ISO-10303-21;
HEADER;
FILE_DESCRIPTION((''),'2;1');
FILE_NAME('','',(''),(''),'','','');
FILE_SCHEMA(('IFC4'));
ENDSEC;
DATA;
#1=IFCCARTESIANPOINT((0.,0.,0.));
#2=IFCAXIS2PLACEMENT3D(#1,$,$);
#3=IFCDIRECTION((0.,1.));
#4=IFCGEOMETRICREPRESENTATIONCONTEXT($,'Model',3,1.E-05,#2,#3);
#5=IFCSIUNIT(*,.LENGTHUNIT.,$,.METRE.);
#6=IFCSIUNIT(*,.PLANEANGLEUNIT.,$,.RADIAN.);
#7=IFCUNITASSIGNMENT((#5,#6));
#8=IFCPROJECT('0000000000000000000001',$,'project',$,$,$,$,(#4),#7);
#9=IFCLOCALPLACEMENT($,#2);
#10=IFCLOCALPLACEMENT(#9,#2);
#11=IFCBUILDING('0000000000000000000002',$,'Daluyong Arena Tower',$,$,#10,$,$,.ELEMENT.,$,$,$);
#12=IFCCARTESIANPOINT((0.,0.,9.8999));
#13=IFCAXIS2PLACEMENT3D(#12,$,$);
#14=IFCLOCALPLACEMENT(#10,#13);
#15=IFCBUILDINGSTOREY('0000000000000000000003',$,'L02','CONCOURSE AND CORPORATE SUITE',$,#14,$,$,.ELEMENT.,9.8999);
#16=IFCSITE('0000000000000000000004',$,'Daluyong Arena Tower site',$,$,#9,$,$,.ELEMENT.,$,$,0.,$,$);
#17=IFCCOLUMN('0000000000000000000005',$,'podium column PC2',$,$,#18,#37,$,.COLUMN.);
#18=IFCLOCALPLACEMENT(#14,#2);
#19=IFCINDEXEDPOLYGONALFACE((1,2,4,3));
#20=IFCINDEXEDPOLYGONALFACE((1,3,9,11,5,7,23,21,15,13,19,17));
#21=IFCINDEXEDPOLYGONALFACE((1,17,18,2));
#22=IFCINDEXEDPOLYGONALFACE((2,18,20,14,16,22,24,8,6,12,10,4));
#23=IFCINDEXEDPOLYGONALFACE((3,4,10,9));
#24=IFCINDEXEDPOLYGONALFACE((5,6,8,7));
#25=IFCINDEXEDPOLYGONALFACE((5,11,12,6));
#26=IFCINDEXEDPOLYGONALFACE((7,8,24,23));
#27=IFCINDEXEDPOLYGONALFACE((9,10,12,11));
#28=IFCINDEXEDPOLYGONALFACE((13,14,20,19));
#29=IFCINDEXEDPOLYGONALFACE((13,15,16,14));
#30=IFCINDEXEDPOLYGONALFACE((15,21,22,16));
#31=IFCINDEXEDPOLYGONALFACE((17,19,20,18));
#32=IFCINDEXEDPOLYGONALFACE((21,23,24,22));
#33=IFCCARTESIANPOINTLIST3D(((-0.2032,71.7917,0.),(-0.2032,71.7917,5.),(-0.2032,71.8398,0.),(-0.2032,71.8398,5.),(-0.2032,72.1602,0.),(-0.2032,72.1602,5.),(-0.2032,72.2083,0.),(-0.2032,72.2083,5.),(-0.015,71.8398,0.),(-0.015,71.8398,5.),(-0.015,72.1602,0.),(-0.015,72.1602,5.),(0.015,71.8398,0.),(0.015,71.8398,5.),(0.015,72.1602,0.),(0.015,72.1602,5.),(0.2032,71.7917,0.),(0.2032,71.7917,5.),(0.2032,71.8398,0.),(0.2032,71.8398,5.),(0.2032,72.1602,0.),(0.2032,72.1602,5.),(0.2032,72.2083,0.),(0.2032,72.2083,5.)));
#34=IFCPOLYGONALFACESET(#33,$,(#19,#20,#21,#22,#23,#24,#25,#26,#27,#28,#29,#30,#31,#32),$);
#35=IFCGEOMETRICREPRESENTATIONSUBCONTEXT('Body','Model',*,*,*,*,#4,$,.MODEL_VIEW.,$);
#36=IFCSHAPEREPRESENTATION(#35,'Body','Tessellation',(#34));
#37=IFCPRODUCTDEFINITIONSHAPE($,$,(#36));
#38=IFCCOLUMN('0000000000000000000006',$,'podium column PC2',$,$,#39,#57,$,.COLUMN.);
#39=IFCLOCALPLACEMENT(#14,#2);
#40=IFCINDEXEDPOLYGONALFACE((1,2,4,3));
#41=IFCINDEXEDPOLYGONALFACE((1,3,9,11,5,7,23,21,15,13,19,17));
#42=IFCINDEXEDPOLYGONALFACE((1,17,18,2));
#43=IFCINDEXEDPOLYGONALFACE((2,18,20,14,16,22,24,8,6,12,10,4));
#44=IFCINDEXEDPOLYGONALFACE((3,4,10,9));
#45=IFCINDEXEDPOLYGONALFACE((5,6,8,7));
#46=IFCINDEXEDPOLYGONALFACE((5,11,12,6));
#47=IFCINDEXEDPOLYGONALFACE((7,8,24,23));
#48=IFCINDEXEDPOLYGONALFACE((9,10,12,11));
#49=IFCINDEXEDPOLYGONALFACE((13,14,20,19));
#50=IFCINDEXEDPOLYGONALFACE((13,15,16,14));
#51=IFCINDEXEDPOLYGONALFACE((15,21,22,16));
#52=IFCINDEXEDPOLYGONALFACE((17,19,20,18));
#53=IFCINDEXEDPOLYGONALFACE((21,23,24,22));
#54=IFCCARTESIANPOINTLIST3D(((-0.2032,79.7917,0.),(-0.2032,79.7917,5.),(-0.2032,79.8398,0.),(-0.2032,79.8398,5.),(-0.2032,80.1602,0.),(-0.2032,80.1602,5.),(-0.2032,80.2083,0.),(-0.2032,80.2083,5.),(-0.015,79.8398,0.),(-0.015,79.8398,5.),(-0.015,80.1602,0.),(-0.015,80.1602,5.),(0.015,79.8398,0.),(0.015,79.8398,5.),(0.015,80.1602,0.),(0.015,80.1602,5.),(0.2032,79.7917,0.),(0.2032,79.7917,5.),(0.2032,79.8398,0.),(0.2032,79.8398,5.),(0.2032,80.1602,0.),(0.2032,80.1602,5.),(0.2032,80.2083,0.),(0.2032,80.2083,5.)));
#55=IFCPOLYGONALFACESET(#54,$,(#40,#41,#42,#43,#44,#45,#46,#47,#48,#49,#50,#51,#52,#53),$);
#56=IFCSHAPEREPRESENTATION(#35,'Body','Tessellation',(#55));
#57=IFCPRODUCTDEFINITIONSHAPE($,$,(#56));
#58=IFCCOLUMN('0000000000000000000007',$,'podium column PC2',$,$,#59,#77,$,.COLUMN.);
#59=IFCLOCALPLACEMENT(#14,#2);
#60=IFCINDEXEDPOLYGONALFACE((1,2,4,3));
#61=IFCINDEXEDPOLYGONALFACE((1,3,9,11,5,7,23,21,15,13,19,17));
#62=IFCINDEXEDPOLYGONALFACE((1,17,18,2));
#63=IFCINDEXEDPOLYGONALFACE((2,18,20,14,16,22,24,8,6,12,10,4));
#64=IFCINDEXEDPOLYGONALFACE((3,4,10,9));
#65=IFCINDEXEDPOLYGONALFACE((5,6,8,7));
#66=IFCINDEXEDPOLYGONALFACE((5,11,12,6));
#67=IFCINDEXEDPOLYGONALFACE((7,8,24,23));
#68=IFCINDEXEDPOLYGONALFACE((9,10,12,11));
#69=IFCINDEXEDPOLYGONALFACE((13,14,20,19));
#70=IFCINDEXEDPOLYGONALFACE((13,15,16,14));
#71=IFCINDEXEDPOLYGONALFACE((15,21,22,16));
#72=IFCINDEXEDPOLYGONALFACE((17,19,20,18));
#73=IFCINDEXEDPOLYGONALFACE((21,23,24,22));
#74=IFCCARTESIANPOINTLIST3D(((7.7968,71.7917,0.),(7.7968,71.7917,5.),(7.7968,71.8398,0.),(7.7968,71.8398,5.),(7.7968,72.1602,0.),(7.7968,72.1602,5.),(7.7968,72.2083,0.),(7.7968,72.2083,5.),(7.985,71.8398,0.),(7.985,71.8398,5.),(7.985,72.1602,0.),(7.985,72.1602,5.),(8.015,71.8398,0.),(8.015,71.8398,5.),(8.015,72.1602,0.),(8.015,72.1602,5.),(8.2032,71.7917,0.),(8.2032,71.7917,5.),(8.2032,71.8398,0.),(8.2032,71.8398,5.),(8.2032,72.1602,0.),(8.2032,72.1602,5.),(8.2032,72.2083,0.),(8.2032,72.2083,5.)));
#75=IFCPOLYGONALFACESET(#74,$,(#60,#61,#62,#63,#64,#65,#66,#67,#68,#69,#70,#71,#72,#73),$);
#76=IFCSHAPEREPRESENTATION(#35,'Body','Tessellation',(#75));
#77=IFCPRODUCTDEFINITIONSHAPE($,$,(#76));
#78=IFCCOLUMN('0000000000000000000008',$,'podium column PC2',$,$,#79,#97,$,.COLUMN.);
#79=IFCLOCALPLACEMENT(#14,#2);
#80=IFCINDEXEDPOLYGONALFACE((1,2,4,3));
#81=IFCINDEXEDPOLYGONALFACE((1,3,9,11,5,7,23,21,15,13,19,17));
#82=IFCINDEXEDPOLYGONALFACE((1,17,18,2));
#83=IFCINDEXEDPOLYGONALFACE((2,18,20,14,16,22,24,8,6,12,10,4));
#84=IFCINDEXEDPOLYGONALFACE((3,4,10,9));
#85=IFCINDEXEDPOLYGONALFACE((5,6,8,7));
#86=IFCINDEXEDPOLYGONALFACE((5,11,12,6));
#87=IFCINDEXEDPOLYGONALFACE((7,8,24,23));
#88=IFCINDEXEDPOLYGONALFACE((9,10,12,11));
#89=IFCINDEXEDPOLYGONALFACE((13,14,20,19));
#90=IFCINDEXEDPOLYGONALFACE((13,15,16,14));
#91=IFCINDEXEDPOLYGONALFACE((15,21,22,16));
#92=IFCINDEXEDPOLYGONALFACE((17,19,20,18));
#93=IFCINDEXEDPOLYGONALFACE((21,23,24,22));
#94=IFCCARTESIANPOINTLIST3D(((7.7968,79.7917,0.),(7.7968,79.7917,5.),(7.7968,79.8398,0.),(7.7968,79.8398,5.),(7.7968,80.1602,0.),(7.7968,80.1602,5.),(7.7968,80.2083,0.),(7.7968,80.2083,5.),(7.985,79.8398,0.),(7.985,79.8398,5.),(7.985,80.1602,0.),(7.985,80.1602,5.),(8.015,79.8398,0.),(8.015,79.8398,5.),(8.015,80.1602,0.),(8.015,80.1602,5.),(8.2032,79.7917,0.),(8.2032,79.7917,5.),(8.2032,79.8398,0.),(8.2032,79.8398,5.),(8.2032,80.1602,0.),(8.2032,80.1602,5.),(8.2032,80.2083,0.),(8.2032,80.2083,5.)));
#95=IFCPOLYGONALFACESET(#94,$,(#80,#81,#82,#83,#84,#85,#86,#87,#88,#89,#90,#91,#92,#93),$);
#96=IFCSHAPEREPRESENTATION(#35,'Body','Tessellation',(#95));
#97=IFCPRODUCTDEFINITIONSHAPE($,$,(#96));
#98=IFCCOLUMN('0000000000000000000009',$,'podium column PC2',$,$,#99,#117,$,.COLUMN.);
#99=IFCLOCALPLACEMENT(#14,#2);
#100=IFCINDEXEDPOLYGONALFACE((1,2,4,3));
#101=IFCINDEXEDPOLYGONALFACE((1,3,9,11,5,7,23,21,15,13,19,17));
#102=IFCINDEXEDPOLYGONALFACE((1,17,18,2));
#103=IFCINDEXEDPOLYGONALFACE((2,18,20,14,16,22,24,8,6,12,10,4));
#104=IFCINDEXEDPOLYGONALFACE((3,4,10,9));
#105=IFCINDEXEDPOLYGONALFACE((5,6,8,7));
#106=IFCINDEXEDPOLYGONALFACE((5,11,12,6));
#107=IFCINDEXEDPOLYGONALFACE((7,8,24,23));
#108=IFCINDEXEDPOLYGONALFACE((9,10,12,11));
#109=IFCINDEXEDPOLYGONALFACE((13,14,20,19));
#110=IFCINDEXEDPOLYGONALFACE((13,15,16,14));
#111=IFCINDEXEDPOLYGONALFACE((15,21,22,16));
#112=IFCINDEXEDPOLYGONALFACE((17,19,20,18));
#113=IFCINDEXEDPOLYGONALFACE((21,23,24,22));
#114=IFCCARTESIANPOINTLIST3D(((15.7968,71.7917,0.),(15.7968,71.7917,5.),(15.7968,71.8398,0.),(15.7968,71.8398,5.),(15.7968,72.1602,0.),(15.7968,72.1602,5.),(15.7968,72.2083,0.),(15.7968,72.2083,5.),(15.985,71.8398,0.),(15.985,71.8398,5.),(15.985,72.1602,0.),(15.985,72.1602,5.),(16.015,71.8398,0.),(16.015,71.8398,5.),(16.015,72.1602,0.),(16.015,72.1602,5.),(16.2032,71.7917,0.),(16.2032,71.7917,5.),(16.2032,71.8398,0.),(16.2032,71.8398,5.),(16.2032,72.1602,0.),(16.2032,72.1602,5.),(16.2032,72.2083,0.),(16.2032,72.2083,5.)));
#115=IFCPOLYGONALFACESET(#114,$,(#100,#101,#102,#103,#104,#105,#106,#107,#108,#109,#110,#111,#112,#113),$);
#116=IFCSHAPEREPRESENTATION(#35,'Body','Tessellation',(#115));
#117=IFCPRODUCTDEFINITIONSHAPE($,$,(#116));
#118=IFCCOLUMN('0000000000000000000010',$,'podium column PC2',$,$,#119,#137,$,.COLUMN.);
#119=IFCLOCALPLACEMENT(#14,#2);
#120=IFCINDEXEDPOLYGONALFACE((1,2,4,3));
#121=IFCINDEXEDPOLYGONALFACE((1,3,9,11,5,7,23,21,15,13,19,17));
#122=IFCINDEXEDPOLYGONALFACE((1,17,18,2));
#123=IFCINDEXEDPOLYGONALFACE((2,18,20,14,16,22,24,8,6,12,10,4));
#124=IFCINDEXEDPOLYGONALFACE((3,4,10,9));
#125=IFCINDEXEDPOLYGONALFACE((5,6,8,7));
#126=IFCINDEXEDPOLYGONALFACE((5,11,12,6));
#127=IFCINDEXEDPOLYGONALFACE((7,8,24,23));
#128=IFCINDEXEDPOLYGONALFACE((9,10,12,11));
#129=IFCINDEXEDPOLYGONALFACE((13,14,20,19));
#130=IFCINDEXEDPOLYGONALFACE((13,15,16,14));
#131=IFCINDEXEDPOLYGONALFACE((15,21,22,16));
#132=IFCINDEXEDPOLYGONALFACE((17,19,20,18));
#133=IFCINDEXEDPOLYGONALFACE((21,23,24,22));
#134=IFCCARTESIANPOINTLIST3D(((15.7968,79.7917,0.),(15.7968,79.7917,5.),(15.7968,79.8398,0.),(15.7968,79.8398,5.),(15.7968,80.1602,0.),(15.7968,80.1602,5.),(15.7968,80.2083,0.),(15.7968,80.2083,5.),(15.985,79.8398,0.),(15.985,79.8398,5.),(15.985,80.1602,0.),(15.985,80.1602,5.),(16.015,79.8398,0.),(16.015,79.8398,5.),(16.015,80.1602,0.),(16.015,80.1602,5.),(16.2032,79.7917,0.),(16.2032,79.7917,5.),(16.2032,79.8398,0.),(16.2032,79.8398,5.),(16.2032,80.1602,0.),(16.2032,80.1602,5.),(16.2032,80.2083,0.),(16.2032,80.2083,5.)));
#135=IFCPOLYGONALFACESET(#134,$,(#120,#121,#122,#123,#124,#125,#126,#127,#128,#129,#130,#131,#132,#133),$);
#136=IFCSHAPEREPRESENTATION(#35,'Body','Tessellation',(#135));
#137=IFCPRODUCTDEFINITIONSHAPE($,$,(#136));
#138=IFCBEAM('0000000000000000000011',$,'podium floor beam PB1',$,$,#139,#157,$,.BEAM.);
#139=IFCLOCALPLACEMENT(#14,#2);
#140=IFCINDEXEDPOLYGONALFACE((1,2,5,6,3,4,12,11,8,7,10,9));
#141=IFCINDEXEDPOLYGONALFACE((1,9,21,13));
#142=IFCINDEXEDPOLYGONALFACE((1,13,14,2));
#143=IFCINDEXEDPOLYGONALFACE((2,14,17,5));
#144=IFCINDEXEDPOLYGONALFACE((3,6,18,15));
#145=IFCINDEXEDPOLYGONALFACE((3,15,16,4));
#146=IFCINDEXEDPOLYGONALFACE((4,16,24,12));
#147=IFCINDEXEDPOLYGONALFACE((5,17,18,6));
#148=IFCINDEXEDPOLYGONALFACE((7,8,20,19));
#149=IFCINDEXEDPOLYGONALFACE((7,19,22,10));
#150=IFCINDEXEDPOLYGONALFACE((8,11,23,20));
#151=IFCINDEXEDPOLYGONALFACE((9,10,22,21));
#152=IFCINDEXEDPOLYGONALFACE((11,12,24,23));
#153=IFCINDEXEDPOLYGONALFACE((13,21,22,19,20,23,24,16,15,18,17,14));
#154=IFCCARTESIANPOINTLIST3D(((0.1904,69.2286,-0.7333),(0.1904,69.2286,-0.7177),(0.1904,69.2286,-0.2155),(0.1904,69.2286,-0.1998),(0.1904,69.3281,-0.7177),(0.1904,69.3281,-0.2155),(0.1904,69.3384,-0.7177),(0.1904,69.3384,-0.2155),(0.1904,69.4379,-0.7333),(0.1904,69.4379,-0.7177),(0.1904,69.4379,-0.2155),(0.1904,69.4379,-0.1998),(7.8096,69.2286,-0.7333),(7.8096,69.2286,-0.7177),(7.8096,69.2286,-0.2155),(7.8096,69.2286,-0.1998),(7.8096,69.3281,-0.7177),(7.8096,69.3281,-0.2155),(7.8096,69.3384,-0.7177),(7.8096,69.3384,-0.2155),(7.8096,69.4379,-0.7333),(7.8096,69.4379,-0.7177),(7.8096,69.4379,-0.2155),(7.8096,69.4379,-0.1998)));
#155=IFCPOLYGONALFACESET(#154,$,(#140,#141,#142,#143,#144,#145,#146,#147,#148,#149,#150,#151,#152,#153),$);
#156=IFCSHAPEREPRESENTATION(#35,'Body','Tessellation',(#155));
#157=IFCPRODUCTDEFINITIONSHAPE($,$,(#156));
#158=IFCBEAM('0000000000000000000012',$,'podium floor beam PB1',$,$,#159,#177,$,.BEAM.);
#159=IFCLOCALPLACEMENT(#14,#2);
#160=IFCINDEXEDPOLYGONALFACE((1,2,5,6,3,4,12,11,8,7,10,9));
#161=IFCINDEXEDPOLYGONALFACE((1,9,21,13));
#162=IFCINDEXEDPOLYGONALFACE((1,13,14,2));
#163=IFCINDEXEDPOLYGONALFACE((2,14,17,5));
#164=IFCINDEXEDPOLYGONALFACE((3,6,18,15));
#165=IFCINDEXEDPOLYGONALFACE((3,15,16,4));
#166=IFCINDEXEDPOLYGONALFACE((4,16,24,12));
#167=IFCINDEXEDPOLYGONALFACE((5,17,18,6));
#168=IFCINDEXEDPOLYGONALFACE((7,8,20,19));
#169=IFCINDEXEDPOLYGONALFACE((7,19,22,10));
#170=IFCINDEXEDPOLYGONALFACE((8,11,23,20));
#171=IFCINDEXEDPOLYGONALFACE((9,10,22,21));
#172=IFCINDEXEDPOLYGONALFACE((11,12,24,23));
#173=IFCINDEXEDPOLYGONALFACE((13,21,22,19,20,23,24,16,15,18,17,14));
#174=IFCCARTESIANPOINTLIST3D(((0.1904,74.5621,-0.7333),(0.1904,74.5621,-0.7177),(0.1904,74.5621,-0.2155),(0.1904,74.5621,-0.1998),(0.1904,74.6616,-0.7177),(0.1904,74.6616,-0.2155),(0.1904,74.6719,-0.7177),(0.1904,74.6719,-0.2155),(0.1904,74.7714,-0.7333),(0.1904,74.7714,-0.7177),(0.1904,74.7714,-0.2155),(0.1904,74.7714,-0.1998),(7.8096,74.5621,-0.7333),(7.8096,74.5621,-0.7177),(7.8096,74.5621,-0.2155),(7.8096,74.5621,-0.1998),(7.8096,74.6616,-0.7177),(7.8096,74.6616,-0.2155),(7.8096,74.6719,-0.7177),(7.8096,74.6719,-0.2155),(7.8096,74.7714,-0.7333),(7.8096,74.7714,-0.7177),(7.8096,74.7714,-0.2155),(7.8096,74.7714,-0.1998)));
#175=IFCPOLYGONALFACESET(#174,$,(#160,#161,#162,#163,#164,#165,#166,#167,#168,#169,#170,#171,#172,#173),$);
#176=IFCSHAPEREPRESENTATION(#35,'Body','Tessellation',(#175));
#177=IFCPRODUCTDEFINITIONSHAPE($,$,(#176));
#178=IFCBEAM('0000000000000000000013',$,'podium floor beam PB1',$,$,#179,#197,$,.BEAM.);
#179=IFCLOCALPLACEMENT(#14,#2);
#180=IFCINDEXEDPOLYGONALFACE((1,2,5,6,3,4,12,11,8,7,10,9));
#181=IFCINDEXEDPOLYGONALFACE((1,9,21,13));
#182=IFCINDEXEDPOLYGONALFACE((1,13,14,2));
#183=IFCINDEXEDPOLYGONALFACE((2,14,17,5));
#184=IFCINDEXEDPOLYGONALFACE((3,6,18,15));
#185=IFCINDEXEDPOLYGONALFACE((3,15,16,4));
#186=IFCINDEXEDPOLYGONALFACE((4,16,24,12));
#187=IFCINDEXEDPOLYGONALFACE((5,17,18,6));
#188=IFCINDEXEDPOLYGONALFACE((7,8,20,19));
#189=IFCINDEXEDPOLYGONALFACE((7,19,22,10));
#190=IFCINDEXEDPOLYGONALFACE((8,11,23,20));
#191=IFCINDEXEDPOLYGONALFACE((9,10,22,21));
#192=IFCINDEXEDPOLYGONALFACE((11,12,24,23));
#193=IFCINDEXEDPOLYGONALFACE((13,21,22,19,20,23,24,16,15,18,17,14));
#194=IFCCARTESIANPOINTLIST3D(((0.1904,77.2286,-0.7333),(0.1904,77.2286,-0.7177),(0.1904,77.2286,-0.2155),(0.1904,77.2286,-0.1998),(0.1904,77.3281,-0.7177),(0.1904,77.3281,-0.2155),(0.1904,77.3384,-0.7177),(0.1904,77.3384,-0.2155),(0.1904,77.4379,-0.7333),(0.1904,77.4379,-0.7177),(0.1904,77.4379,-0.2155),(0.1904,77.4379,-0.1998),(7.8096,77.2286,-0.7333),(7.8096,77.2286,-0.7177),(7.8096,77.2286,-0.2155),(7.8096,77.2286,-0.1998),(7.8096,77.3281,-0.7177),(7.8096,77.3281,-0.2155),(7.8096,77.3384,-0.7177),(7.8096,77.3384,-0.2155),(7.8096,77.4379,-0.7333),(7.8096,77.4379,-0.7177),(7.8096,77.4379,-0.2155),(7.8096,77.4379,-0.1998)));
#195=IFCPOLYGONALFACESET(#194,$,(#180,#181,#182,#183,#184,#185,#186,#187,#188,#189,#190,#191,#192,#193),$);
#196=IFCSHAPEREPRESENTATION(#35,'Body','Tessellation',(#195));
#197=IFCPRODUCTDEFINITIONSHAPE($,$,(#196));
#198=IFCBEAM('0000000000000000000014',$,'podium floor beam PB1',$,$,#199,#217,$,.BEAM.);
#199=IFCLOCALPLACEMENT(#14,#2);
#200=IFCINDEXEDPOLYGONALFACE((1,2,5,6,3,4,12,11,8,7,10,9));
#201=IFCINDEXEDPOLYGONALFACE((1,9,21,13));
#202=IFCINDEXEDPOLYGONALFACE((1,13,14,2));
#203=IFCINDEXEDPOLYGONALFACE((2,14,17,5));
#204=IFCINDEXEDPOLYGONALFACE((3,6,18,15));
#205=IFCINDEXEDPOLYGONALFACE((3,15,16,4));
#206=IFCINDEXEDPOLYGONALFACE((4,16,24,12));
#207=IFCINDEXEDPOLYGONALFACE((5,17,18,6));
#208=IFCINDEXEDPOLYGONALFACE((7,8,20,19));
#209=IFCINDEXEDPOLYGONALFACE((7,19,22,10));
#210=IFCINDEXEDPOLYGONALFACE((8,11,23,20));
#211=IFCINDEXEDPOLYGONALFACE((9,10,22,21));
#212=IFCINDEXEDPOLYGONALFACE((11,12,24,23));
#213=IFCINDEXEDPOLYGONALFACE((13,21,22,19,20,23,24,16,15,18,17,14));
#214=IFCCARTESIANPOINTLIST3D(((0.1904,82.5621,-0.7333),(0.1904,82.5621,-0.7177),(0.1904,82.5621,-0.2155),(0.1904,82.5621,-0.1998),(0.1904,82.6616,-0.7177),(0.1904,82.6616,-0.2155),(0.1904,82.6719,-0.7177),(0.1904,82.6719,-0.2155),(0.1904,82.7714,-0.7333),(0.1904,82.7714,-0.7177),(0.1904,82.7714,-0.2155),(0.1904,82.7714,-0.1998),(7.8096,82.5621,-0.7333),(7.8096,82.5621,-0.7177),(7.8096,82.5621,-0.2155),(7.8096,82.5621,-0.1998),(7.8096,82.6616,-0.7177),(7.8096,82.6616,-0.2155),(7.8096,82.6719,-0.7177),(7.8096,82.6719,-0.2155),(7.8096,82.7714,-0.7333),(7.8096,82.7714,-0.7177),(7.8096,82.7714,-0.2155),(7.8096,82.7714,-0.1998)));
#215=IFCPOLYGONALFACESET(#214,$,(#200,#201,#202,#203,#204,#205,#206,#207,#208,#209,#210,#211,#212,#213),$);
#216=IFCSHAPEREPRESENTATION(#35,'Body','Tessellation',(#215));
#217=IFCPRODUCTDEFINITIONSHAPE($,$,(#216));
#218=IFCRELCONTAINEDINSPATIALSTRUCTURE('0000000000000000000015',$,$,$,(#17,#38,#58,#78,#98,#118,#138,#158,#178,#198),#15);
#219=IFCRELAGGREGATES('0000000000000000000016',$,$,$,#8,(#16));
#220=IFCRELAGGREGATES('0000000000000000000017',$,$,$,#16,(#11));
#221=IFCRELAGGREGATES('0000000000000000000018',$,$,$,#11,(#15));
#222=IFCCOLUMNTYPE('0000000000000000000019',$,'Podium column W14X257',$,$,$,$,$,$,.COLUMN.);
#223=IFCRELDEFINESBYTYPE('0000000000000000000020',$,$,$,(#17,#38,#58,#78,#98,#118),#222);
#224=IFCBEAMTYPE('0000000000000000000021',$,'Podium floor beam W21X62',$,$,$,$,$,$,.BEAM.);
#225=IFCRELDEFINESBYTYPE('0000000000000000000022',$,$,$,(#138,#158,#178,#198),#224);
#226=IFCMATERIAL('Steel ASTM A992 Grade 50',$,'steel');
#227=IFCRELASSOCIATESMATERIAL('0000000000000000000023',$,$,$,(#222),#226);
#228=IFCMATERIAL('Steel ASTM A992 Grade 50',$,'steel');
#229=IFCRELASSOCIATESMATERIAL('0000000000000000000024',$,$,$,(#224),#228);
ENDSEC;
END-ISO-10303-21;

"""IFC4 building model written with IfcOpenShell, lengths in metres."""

from ifc_helpers import new_model, si_unit, direction, frame, origin, origin_2d, place, context, subcontext, project, spatial, i_section, extrude, material, material_profile, profile_set, type_object, element, save


model = new_model("IFC4")

# Units and contexts
model_context = context("Model", 3, precision=1e-05, world=origin(), true_north=direction((0.0, 1.0)))
body_context = subcontext(model_context, "Body", "Model", "MODEL_VIEW")
ifc_project = project(units=[si_unit("LENGTHUNIT", "METRE"), si_unit("PLANEANGLEUNIT", "RADIAN")], contexts=[model_context])

# Site, building, storey
site_placement = place(None, origin())
site = spatial("IfcSite", under=ifc_project, at=site_placement, Name="Daluyong Arena Tower site", CompositionType="ELEMENT", RefElevation=0.0)
building_placement = place(site_placement, origin())
building = spatial("IfcBuilding", under=site, at=building_placement, Name="Daluyong Arena Tower", CompositionType="ELEMENT")
storey_placement = place(building_placement, frame((0.0, 0.0, 9.8999)))
storey = spatial("IfcBuildingStorey", under=building, at=storey_placement, Name="L02", Description="CONCOURSE AND CORPORATE SUITE", CompositionType="ELEMENT", Elevation=9.8999)

# Columns
ifc_material_1 = material(Name="Steel ASTM A992 Grade 50", Category="steel")
ifc_material_profile_1 = material_profile(ifc_material_1, i_section(OverallWidth=0.4065, OverallDepth=0.4165, WebThickness=0.03, FlangeThickness=0.0481, at=origin_2d()))
ifc_profile_set_1 = profile_set([ifc_material_profile_1], Name="Steel ASTM A992 Grade 50")
column_type = type_object("IfcColumnType", Name="Podium column W14X257", PredefinedType="COLUMN", material=ifc_profile_set_1)
for number, where, z_axis, x_axis, name in (
    (1, (0.0, 72.0, 0.0), (0.0, 0.0, 1.0), (1.0, 0.0, 0.0), "podium column PC2"),
    (2, (0.0, 80.0, 0.0), (0.0, 0.0, 1.0), (1.0, 0.0, 0.0), "podium column PC2"),
    (3, (8.0, 72.0, 0.0), (0.0, 0.0, 1.0), (1.0, 0.0, 0.0), "podium column PC2"),
    (4, (8.0, 80.0, 0.0), (0.0, 0.0, 1.0), (1.0, 0.0, 0.0), "podium column PC2"),
    (5, (16.0, 72.0, 0.0), (0.0, 0.0, 1.0), (1.0, 0.0, 0.0), "podium column PC2"),
    (6, (16.0, 80.0, 0.0), (0.0, 0.0, 1.0), (1.0, 0.0, 0.0), "podium column PC2"),
):
    element("IfcColumn", number, at=place(storey_placement, frame(where, z_axis=z_axis, x_axis=x_axis)), inside=storey, type_object=column_type, Name=name, PredefinedType="COLUMN", context=body_context, shape_type="SweptSolid", body=[
        extrude(i_section(OverallWidth=0.4065, OverallDepth=0.4165, WebThickness=0.03, FlangeThickness=0.0481, at=origin_2d()), origin(), (0.0, 0.0, 1.0), 5.0),
    ])

# Beams
ifc_material_2 = material(Name="Steel ASTM A992 Grade 50", Category="steel")
ifc_material_profile_2 = material_profile(ifc_material_2, i_section(OverallWidth=0.2092, OverallDepth=0.5334, WebThickness=0.0103, FlangeThickness=0.0156, at=origin_2d()))
ifc_profile_set_2 = profile_set([ifc_material_profile_2], Name="Steel ASTM A992 Grade 50")
beam_type_1 = type_object("IfcBeamType", Name="Podium floor beam W21X62", PredefinedType="BEAM", material=ifc_profile_set_2)
for number, where, z_axis, x_axis, name in (
    (7, (0.1904, 69.3333, -0.4666), (1.0, 0.0, 0.0), (0.0, 1.0, 0.0), "podium floor beam PB1"),
    (8, (0.1904, 74.6667, -0.4666), (1.0, 0.0, 0.0), (0.0, 1.0, 0.0), "podium floor beam PB1"),
    (9, (0.1904, 77.3333, -0.4666), (1.0, 0.0, 0.0), (0.0, 1.0, 0.0), "podium floor beam PB1"),
    (10, (0.1904, 82.6667, -0.4666), (1.0, 0.0, 0.0), (0.0, 1.0, 0.0), "podium floor beam PB1"),
):
    element("IfcBeam", number, at=place(storey_placement, frame(where, z_axis=z_axis, x_axis=x_axis)), inside=storey, type_object=beam_type_1, Name=name, PredefinedType="BEAM", context=body_context, shape_type="SweptSolid", body=[
        extrude(i_section(OverallWidth=0.2092, OverallDepth=0.5334, WebThickness=0.0103, FlangeThickness=0.0156, at=origin_2d()), origin(), (0.0, 0.0, 1.0), 7.6191),
    ])

save(model, "model.ifc")
